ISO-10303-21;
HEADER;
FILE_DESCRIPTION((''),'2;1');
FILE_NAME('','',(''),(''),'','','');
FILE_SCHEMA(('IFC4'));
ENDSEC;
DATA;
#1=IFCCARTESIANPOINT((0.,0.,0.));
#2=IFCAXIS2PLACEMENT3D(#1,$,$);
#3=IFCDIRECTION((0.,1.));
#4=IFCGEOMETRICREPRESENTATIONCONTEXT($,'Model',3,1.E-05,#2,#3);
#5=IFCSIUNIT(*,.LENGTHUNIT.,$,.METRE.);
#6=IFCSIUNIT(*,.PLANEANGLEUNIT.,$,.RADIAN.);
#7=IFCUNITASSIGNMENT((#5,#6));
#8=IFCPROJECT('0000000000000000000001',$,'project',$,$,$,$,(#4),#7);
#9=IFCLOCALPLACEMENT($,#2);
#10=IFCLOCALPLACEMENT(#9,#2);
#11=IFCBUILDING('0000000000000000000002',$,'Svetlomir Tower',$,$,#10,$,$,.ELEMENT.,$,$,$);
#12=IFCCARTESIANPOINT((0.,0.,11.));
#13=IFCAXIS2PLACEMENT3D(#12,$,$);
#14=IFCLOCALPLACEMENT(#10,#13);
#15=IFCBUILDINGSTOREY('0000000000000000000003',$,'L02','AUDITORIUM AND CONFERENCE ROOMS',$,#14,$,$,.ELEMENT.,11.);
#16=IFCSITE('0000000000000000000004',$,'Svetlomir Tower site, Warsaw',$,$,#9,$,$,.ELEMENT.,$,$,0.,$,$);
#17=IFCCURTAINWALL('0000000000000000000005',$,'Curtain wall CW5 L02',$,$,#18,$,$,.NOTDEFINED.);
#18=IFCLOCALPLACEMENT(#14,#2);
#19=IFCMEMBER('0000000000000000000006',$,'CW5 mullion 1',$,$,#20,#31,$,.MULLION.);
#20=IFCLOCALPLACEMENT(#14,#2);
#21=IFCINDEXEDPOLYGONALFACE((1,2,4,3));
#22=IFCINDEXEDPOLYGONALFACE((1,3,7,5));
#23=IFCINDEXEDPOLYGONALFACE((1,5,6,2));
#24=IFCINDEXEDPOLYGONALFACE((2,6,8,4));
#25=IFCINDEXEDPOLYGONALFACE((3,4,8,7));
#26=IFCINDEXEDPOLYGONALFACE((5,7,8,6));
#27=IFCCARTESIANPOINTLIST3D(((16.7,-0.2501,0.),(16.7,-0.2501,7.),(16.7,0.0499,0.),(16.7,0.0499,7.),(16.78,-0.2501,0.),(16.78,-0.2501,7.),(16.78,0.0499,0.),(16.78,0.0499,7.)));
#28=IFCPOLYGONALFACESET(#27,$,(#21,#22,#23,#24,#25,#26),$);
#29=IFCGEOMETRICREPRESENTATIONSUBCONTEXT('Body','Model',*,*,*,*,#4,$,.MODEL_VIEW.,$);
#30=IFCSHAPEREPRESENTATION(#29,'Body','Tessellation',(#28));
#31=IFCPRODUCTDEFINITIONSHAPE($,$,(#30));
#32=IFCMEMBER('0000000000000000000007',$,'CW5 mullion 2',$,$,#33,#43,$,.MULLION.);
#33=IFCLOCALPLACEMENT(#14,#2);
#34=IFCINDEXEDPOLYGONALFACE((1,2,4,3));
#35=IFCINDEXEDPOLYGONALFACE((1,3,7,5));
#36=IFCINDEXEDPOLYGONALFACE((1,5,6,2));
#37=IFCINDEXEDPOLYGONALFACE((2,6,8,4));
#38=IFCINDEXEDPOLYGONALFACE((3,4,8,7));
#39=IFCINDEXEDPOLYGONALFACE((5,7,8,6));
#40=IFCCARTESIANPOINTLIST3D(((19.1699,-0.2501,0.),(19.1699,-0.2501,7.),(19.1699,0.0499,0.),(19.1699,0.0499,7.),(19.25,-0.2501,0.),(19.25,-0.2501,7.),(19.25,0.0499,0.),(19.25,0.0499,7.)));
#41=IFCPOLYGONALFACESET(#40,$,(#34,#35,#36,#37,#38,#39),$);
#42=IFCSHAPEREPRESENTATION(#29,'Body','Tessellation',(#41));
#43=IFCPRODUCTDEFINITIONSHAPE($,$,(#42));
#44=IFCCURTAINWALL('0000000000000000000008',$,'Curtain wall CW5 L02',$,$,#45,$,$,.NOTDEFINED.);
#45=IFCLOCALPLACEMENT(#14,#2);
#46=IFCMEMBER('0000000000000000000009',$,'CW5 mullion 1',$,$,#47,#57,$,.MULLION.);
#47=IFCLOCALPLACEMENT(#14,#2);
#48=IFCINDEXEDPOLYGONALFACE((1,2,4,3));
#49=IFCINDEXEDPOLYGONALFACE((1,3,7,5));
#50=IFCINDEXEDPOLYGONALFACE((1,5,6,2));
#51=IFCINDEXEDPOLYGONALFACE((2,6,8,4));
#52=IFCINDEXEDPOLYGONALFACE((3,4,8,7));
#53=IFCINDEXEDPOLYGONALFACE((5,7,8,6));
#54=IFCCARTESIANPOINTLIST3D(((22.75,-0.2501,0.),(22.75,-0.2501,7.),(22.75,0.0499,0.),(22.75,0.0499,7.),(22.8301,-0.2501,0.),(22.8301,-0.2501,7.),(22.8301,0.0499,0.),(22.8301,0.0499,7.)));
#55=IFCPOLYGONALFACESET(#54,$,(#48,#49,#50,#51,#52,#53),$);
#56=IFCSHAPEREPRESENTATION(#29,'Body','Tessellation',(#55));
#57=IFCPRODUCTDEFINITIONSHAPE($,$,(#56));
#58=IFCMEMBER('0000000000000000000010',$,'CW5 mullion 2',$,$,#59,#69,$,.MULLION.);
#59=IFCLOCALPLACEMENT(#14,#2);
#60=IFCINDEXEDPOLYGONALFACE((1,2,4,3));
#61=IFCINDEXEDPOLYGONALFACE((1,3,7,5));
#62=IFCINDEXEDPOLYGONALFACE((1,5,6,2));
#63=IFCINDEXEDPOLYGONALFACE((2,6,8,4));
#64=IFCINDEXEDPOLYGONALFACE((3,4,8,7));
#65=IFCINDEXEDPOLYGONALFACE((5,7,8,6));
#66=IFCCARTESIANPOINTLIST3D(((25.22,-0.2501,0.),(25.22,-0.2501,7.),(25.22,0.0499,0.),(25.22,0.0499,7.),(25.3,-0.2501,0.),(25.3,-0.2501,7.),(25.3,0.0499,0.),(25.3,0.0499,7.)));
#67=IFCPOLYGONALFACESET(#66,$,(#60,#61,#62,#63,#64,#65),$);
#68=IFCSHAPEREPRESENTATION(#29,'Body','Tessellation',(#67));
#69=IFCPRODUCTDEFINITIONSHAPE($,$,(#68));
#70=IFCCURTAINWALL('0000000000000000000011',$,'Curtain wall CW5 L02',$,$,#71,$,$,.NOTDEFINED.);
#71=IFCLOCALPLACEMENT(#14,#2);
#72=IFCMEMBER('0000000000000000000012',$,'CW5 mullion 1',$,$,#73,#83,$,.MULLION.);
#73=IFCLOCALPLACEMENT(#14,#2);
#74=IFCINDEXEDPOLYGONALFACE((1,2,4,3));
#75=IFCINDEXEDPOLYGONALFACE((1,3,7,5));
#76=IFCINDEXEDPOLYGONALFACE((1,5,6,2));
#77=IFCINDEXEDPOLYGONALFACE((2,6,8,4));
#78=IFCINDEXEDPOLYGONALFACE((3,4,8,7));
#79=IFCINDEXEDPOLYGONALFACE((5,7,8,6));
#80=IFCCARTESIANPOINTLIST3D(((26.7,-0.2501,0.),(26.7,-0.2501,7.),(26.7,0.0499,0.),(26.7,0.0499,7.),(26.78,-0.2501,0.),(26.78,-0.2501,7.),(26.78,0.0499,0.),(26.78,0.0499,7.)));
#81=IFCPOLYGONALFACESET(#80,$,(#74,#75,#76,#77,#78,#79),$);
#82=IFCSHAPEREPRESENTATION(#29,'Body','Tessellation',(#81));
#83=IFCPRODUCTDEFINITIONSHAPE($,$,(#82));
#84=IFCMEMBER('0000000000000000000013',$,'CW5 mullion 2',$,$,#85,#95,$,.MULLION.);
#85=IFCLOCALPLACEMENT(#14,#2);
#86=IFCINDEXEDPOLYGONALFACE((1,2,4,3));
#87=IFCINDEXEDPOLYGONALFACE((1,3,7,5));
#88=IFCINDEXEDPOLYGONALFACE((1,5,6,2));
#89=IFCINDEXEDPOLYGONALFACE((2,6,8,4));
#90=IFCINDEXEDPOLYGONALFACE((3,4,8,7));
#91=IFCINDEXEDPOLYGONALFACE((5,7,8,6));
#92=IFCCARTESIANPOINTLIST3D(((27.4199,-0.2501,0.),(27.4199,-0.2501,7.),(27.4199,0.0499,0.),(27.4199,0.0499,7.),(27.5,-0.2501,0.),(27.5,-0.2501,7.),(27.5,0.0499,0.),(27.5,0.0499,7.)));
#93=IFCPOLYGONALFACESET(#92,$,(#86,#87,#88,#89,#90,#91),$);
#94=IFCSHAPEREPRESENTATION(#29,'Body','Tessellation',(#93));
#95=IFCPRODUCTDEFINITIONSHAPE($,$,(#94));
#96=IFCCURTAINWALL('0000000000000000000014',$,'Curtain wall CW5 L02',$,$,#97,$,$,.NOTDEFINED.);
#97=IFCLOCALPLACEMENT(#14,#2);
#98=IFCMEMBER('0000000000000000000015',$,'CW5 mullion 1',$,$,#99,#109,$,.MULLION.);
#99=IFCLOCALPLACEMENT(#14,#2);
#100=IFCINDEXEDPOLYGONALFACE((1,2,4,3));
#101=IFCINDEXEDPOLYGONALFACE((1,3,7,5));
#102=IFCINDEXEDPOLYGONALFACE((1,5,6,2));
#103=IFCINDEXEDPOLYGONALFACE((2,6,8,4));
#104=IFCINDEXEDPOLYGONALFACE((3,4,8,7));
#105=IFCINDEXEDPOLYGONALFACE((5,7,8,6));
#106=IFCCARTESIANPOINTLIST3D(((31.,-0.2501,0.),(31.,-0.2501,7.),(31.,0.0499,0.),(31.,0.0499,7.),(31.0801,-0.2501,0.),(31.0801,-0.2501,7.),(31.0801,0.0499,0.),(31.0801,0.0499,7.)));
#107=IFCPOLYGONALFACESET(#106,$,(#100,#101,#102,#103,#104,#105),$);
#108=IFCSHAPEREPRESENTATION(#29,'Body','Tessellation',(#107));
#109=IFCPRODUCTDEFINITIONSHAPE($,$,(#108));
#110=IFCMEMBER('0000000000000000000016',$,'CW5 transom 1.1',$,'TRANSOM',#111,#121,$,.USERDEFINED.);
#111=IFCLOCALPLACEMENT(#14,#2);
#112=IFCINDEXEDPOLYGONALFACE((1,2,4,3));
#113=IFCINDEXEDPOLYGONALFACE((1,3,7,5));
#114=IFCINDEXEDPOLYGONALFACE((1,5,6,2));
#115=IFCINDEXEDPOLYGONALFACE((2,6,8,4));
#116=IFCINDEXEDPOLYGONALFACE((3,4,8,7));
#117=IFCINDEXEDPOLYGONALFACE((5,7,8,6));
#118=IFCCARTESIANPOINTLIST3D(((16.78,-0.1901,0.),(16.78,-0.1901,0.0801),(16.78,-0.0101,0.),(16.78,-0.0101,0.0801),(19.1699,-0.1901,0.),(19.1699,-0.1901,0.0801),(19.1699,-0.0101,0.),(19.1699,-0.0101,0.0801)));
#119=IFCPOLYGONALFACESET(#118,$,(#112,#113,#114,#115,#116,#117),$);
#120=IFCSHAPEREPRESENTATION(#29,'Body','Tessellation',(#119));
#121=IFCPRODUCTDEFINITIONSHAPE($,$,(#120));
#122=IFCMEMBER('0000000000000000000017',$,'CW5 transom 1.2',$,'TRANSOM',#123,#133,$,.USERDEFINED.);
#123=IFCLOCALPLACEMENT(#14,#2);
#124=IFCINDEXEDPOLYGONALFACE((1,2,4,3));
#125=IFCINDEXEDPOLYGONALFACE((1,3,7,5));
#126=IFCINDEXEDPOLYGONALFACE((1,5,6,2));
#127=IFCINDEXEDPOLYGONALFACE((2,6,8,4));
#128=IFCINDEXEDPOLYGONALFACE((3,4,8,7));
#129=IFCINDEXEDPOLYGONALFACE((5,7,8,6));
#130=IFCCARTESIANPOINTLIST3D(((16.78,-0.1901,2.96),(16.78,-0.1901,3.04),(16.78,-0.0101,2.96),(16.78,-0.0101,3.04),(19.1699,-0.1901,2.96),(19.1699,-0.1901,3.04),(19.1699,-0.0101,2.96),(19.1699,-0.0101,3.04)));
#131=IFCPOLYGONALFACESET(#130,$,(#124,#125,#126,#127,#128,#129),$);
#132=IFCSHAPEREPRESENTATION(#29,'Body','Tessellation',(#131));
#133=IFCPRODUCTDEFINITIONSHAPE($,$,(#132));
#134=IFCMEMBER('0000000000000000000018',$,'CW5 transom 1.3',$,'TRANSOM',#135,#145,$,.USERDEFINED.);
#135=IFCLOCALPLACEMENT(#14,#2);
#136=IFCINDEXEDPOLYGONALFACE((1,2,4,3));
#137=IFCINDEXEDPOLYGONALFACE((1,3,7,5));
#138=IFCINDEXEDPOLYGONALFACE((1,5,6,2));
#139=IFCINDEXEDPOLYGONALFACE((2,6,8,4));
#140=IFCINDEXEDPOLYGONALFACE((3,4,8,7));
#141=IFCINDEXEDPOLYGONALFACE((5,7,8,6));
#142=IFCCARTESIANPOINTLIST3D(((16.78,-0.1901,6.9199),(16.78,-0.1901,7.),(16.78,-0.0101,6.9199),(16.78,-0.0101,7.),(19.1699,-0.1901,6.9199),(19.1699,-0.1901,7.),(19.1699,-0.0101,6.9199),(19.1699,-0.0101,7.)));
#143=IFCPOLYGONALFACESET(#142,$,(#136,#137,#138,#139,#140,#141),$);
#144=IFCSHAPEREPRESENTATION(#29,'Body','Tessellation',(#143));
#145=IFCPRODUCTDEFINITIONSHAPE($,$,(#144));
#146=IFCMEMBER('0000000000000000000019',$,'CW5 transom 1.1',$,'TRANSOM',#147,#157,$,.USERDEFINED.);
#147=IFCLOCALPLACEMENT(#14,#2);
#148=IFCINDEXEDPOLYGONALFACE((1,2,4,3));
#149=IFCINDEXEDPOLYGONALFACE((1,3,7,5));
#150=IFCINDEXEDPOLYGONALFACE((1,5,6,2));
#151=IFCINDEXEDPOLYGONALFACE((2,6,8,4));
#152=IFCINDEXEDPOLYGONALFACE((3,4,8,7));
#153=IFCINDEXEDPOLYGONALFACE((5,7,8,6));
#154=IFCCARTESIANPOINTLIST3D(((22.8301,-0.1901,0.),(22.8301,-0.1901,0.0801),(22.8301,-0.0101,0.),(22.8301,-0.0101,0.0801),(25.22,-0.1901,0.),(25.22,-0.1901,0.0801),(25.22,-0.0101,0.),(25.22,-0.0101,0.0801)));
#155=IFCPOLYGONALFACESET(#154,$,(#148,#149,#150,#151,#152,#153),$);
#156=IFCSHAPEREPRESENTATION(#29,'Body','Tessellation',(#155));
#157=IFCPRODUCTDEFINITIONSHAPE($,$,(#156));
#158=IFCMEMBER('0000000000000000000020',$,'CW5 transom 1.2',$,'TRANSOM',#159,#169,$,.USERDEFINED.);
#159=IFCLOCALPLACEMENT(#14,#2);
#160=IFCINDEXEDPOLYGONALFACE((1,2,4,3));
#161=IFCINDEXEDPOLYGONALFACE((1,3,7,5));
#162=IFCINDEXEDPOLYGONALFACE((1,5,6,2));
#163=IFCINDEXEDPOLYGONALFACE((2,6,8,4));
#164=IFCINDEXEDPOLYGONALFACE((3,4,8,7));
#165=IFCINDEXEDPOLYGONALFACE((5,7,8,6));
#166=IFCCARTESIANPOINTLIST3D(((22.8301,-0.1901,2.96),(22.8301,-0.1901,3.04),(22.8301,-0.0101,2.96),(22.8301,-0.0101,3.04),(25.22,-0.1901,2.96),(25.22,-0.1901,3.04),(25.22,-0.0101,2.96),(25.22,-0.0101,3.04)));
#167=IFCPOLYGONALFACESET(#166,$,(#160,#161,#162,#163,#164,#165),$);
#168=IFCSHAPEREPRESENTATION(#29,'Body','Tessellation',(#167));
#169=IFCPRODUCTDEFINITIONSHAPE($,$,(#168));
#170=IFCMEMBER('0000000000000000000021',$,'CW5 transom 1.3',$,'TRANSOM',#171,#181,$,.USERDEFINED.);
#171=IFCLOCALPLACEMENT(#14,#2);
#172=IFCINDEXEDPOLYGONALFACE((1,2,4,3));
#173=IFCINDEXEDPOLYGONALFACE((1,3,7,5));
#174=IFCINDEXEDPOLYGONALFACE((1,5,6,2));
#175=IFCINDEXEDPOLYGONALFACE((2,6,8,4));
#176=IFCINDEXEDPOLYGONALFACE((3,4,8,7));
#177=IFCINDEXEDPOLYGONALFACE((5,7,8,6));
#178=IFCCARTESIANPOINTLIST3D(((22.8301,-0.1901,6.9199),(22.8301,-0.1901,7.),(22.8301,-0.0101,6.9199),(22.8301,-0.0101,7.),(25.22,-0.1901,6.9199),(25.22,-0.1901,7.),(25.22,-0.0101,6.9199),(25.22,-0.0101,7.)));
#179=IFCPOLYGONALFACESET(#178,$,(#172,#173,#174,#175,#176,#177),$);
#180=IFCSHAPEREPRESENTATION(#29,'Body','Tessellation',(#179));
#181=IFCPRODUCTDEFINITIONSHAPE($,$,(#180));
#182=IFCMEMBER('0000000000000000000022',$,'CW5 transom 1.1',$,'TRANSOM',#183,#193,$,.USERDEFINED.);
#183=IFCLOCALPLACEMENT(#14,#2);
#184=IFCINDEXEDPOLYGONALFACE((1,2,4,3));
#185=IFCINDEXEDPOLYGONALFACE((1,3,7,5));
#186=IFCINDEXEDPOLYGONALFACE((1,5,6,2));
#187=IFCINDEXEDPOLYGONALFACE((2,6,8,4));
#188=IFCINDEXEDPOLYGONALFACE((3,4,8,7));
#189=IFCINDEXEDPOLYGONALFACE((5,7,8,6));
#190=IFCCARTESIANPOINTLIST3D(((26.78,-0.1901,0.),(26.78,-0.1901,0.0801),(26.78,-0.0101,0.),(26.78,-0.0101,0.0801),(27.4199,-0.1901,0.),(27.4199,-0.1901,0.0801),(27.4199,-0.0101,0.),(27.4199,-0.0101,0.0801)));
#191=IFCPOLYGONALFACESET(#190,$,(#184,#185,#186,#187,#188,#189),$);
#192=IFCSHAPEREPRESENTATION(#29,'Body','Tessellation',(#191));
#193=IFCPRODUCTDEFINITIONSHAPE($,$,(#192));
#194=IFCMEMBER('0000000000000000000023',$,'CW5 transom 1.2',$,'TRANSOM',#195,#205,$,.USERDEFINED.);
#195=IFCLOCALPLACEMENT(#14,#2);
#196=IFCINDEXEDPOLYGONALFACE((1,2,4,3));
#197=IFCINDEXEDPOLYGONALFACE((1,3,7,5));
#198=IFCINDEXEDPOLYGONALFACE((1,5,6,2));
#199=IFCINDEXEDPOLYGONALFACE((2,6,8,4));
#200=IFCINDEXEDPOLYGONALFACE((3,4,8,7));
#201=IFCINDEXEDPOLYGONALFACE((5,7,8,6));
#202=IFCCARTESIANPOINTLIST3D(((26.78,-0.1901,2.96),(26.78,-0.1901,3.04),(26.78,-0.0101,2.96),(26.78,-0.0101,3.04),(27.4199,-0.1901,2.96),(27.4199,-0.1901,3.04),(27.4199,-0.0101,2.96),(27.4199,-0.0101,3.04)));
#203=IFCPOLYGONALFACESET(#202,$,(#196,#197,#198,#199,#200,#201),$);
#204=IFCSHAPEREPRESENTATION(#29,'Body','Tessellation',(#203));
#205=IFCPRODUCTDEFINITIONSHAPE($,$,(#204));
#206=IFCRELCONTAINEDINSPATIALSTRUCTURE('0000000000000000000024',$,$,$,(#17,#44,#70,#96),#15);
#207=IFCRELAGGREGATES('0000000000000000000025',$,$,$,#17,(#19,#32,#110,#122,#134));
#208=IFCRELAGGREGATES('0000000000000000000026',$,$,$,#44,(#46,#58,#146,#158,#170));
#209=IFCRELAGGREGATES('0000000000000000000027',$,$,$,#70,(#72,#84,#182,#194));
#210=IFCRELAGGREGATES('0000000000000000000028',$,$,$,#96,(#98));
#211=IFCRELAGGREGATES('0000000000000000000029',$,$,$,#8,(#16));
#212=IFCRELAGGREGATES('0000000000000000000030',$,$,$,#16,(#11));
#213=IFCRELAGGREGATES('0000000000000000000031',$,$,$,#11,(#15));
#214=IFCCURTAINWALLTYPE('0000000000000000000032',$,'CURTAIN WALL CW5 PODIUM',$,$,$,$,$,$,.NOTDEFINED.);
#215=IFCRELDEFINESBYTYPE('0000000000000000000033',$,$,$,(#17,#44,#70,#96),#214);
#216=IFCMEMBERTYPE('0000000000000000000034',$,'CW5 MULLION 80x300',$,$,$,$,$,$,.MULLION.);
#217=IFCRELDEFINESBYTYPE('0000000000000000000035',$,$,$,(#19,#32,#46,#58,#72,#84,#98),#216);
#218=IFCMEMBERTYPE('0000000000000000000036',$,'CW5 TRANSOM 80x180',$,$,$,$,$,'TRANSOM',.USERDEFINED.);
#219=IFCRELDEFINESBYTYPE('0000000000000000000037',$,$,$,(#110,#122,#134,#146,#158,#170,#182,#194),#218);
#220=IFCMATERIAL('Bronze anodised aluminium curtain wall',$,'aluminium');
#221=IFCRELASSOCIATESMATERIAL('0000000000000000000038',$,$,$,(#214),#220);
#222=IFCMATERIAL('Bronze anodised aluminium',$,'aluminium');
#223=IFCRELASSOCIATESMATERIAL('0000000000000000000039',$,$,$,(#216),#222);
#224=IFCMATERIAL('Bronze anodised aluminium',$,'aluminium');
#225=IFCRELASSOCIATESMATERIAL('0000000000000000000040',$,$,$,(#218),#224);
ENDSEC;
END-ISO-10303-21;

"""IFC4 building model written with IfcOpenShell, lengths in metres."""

from ifc_helpers import new_model, si_unit, direction, frame, origin, origin_2d, place, context, subcontext, project, spatial, rectangle, extrude, material, material_profile, profile_set, type_object, element, aggregate, save


model = new_model("IFC4")

# Units and contexts
model_context = context("Model", 3, precision=1e-05, world=origin(), true_north=direction((0.0, 1.0)))
body_context = subcontext(model_context, "Body", "Model", "MODEL_VIEW")
ifc_project = project(units=[si_unit("LENGTHUNIT", "METRE"), si_unit("PLANEANGLEUNIT", "RADIAN")], contexts=[model_context])

# Site, building, storey
site_placement = place(None, origin())
site = spatial("IfcSite", under=ifc_project, at=site_placement, Name="Svetlomir Tower site, Warsaw", CompositionType="ELEMENT", RefElevation=0.0)
building_placement = place(site_placement, origin())
building = spatial("IfcBuilding", under=site, at=building_placement, Name="Svetlomir Tower", CompositionType="ELEMENT")
storey_placement = place(building_placement, frame((0.0, 0.0, 11.0)))
storey = spatial("IfcBuildingStorey", under=building, at=storey_placement, Name="L02", Description="AUDITORIUM AND CONFERENCE ROOMS", CompositionType="ELEMENT", Elevation=11.0)

# Curtain walls, members
ifc_material_1 = material(Name="Bronze anodised aluminium curtain wall", Category="aluminium")
curtain_wall_type = type_object("IfcCurtainWallType", Name="CURTAIN WALL CW5 PODIUM", PredefinedType="NOTDEFINED", material=ifc_material_1)
curtain_wall_1_placement = place(storey_placement, origin())
curtain_wall_1 = element("IfcCurtainWall", 1, at=curtain_wall_1_placement, inside=storey, type_object=curtain_wall_type, Name="Curtain wall CW5 L02", PredefinedType="NOTDEFINED")
ifc_material_2 = material(Name="Bronze anodised aluminium", Category="aluminium")
ifc_material_profile_1 = material_profile(ifc_material_2, rectangle(XDim=0.0801, YDim=0.3, at=origin_2d()), Name="AL 80x300")
ifc_profile_set_1 = profile_set([ifc_material_profile_1], Name="Bronze anodised aluminium 6063-T6")
member_type_1 = type_object("IfcMemberType", Name="CW5 MULLION 80x300", PredefinedType="MULLION", material=ifc_profile_set_1)
member_1_placement = place(storey_placement, frame((16.74, -0.1001, 0.0), z_axis=(0.0, 0.0, 1.0), x_axis=(1.0, 0.0, 0.0)))
member_1 = element("IfcMember", 2, at=member_1_placement, type_object=member_type_1, Name="CW5 mullion 1", PredefinedType="MULLION", context=body_context, shape_type="SweptSolid", body=[
    extrude(rectangle(XDim=0.0801, YDim=0.3, at=origin_2d()), origin(), (0.0, 0.0, 1.0), 7.0),
])
member_2_placement = place(storey_placement, frame((19.21, -0.1001, 0.0), z_axis=(0.0, 0.0, 1.0), x_axis=(1.0, 0.0, 0.0)))
member_2 = element("IfcMember", 3, at=member_2_placement, type_object=member_type_1, Name="CW5 mullion 2", PredefinedType="MULLION", context=body_context, shape_type="SweptSolid", body=[
    extrude(rectangle(XDim=0.0801, YDim=0.3, at=origin_2d()), origin(), (0.0, 0.0, 1.0), 7.0),
])
curtain_wall_2_placement = place(storey_placement, origin())
curtain_wall_2 = element("IfcCurtainWall", 4, at=curtain_wall_2_placement, inside=storey, type_object=curtain_wall_type, Name="Curtain wall CW5 L02", PredefinedType="NOTDEFINED")
member_3_placement = place(storey_placement, frame((22.79, -0.1001, 0.0), z_axis=(0.0, 0.0, 1.0), x_axis=(1.0, 0.0, 0.0)))
member_3 = element("IfcMember", 5, at=member_3_placement, type_object=member_type_1, Name="CW5 mullion 1", PredefinedType="MULLION", context=body_context, shape_type="SweptSolid", body=[
    extrude(rectangle(XDim=0.0801, YDim=0.3, at=origin_2d()), origin(), (0.0, 0.0, 1.0), 7.0),
])
member_4_placement = place(storey_placement, frame((25.26, -0.1001, 0.0), z_axis=(0.0, 0.0, 1.0), x_axis=(1.0, 0.0, 0.0)))
member_4 = element("IfcMember", 6, at=member_4_placement, type_object=member_type_1, Name="CW5 mullion 2", PredefinedType="MULLION", context=body_context, shape_type="SweptSolid", body=[
    extrude(rectangle(XDim=0.0801, YDim=0.3, at=origin_2d()), origin(), (0.0, 0.0, 1.0), 7.0),
])
curtain_wall_3_placement = place(storey_placement, origin())
curtain_wall_3 = element("IfcCurtainWall", 7, at=curtain_wall_3_placement, inside=storey, type_object=curtain_wall_type, Name="Curtain wall CW5 L02", PredefinedType="NOTDEFINED")
member_5_placement = place(storey_placement, frame((26.74, -0.1001, 0.0), z_axis=(0.0, 0.0, 1.0), x_axis=(1.0, 0.0, 0.0)))
member_5 = element("IfcMember", 8, at=member_5_placement, type_object=member_type_1, Name="CW5 mullion 1", PredefinedType="MULLION", context=body_context, shape_type="SweptSolid", body=[
    extrude(rectangle(XDim=0.0801, YDim=0.3, at=origin_2d()), origin(), (0.0, 0.0, 1.0), 7.0),
])
member_6_placement = place(storey_placement, frame((27.46, -0.1001, 0.0), z_axis=(0.0, 0.0, 1.0), x_axis=(1.0, 0.0, 0.0)))
member_6 = element("IfcMember", 9, at=member_6_placement, type_object=member_type_1, Name="CW5 mullion 2", PredefinedType="MULLION", context=body_context, shape_type="SweptSolid", body=[
    extrude(rectangle(XDim=0.0801, YDim=0.3, at=origin_2d()), origin(), (0.0, 0.0, 1.0), 7.0),
])

# Curtain wall, member
curtain_wall_4_placement = place(storey_placement, origin())
curtain_wall_4 = element("IfcCurtainWall", 10, at=curtain_wall_4_placement, inside=storey, type_object=curtain_wall_type, Name="Curtain wall CW5 L02", PredefinedType="NOTDEFINED")
member_7_placement = place(storey_placement, frame((31.04, -0.1001, 0.0), z_axis=(0.0, 0.0, 1.0), x_axis=(1.0, 0.0, 0.0)))
member_7 = element("IfcMember", 11, at=member_7_placement, type_object=member_type_1, Name="CW5 mullion 1", PredefinedType="MULLION", context=body_context, shape_type="SweptSolid", body=[
    extrude(rectangle(XDim=0.0801, YDim=0.3, at=origin_2d()), origin(), (0.0, 0.0, 1.0), 7.0),
])

# Members
ifc_material_3 = material(Name="Bronze anodised aluminium", Category="aluminium")
ifc_material_profile_2 = material_profile(ifc_material_3, rectangle(XDim=0.1799, YDim=0.0801, at=origin_2d()), Name="AL 180x80")
ifc_profile_set_2 = profile_set([ifc_material_profile_2], Name="Bronze anodised aluminium 6063-T6")
member_type_2 = type_object("IfcMemberType", Name="CW5 TRANSOM 80x180", ElementType="TRANSOM", PredefinedType="USERDEFINED", material=ifc_profile_set_2)
member_8_placement = place(storey_placement, frame((16.78, -0.1001, 0.04), z_axis=(1.0, 0.0, 0.0), x_axis=(0.0, 1.0, 0.0)))
member_8 = element("IfcMember", 12, at=member_8_placement, type_object=member_type_2, Name="CW5 transom 1.1", ObjectType="TRANSOM", PredefinedType="USERDEFINED", context=body_context, shape_type="SweptSolid", body=[
    extrude(rectangle(XDim=0.1799, YDim=0.0801, at=origin_2d()), origin(), (0.0, 0.0, 1.0), 2.3899),
])
member_9_placement = place(storey_placement, frame((16.78, -0.1001, 3.0), z_axis=(1.0, 0.0, 0.0), x_axis=(0.0, 1.0, 0.0)))
member_9 = element("IfcMember", 13, at=member_9_placement, type_object=member_type_2, Name="CW5 transom 1.2", ObjectType="TRANSOM", PredefinedType="USERDEFINED", context=body_context, shape_type="SweptSolid", body=[
    extrude(rectangle(XDim=0.1799, YDim=0.0801, at=origin_2d()), origin(), (0.0, 0.0, 1.0), 2.3899),
])
member_10_placement = place(storey_placement, frame((16.78, -0.1001, 6.96), z_axis=(1.0, 0.0, 0.0), x_axis=(0.0, 1.0, 0.0)))
member_10 = element("IfcMember", 14, at=member_10_placement, type_object=member_type_2, Name="CW5 transom 1.3", ObjectType="TRANSOM", PredefinedType="USERDEFINED", context=body_context, shape_type="SweptSolid", body=[
    extrude(rectangle(XDim=0.1799, YDim=0.0801, at=origin_2d()), origin(), (0.0, 0.0, 1.0), 2.3899),
])
member_11_placement = place(storey_placement, frame((22.8301, -0.1001, 0.04), z_axis=(1.0, 0.0, 0.0), x_axis=(0.0, 1.0, 0.0)))
member_11 = element("IfcMember", 15, at=member_11_placement, type_object=member_type_2, Name="CW5 transom 1.1", ObjectType="TRANSOM", PredefinedType="USERDEFINED", context=body_context, shape_type="SweptSolid", body=[
    extrude(rectangle(XDim=0.1799, YDim=0.0801, at=origin_2d()), origin(), (0.0, 0.0, 1.0), 2.3899),
])
member_12_placement = place(storey_placement, frame((22.8301, -0.1001, 3.0), z_axis=(1.0, 0.0, 0.0), x_axis=(0.0, 1.0, 0.0)))
member_12 = element("IfcMember", 16, at=member_12_placement, type_object=member_type_2, Name="CW5 transom 1.2", ObjectType="TRANSOM", PredefinedType="USERDEFINED", context=body_context, shape_type="SweptSolid", body=[
    extrude(rectangle(XDim=0.1799, YDim=0.0801, at=origin_2d()), origin(), (0.0, 0.0, 1.0), 2.3899),
])
member_13_placement = place(storey_placement, frame((22.8301, -0.1001, 6.96), z_axis=(1.0, 0.0, 0.0), x_axis=(0.0, 1.0, 0.0)))
member_13 = element("IfcMember", 17, at=member_13_placement, type_object=member_type_2, Name="CW5 transom 1.3", ObjectType="TRANSOM", PredefinedType="USERDEFINED", context=body_context, shape_type="SweptSolid", body=[
    extrude(rectangle(XDim=0.1799, YDim=0.0801, at=origin_2d()), origin(), (0.0, 0.0, 1.0), 2.3899),
])
member_14_placement = place(storey_placement, frame((26.78, -0.1001, 0.04), z_axis=(1.0, 0.0, 0.0), x_axis=(0.0, 1.0, 0.0)))
member_14 = element("IfcMember", 18, at=member_14_placement, type_object=member_type_2, Name="CW5 transom 1.1", ObjectType="TRANSOM", PredefinedType="USERDEFINED", context=body_context, shape_type="SweptSolid", body=[
    extrude(rectangle(XDim=0.1799, YDim=0.0801, at=origin_2d()), origin(), (0.0, 0.0, 1.0), 0.6399),
])
member_15_placement = place(storey_placement, frame((26.78, -0.1001, 3.0), z_axis=(1.0, 0.0, 0.0), x_axis=(0.0, 1.0, 0.0)))
member_15 = element("IfcMember", 19, at=member_15_placement, type_object=member_type_2, Name="CW5 transom 1.2", ObjectType="TRANSOM", PredefinedType="USERDEFINED", context=body_context, shape_type="SweptSolid", body=[
    extrude(rectangle(XDim=0.1799, YDim=0.0801, at=origin_2d()), origin(), (0.0, 0.0, 1.0), 0.6399),
])

aggregate(curtain_wall_1, [member_1, member_2, member_8, member_9, member_10])
aggregate(curtain_wall_2, [member_3, member_4, member_11, member_12, member_13])
aggregate(curtain_wall_3, [member_5, member_6, member_14, member_15])
aggregate(curtain_wall_4, [member_7])

save(model, "model.ifc")
